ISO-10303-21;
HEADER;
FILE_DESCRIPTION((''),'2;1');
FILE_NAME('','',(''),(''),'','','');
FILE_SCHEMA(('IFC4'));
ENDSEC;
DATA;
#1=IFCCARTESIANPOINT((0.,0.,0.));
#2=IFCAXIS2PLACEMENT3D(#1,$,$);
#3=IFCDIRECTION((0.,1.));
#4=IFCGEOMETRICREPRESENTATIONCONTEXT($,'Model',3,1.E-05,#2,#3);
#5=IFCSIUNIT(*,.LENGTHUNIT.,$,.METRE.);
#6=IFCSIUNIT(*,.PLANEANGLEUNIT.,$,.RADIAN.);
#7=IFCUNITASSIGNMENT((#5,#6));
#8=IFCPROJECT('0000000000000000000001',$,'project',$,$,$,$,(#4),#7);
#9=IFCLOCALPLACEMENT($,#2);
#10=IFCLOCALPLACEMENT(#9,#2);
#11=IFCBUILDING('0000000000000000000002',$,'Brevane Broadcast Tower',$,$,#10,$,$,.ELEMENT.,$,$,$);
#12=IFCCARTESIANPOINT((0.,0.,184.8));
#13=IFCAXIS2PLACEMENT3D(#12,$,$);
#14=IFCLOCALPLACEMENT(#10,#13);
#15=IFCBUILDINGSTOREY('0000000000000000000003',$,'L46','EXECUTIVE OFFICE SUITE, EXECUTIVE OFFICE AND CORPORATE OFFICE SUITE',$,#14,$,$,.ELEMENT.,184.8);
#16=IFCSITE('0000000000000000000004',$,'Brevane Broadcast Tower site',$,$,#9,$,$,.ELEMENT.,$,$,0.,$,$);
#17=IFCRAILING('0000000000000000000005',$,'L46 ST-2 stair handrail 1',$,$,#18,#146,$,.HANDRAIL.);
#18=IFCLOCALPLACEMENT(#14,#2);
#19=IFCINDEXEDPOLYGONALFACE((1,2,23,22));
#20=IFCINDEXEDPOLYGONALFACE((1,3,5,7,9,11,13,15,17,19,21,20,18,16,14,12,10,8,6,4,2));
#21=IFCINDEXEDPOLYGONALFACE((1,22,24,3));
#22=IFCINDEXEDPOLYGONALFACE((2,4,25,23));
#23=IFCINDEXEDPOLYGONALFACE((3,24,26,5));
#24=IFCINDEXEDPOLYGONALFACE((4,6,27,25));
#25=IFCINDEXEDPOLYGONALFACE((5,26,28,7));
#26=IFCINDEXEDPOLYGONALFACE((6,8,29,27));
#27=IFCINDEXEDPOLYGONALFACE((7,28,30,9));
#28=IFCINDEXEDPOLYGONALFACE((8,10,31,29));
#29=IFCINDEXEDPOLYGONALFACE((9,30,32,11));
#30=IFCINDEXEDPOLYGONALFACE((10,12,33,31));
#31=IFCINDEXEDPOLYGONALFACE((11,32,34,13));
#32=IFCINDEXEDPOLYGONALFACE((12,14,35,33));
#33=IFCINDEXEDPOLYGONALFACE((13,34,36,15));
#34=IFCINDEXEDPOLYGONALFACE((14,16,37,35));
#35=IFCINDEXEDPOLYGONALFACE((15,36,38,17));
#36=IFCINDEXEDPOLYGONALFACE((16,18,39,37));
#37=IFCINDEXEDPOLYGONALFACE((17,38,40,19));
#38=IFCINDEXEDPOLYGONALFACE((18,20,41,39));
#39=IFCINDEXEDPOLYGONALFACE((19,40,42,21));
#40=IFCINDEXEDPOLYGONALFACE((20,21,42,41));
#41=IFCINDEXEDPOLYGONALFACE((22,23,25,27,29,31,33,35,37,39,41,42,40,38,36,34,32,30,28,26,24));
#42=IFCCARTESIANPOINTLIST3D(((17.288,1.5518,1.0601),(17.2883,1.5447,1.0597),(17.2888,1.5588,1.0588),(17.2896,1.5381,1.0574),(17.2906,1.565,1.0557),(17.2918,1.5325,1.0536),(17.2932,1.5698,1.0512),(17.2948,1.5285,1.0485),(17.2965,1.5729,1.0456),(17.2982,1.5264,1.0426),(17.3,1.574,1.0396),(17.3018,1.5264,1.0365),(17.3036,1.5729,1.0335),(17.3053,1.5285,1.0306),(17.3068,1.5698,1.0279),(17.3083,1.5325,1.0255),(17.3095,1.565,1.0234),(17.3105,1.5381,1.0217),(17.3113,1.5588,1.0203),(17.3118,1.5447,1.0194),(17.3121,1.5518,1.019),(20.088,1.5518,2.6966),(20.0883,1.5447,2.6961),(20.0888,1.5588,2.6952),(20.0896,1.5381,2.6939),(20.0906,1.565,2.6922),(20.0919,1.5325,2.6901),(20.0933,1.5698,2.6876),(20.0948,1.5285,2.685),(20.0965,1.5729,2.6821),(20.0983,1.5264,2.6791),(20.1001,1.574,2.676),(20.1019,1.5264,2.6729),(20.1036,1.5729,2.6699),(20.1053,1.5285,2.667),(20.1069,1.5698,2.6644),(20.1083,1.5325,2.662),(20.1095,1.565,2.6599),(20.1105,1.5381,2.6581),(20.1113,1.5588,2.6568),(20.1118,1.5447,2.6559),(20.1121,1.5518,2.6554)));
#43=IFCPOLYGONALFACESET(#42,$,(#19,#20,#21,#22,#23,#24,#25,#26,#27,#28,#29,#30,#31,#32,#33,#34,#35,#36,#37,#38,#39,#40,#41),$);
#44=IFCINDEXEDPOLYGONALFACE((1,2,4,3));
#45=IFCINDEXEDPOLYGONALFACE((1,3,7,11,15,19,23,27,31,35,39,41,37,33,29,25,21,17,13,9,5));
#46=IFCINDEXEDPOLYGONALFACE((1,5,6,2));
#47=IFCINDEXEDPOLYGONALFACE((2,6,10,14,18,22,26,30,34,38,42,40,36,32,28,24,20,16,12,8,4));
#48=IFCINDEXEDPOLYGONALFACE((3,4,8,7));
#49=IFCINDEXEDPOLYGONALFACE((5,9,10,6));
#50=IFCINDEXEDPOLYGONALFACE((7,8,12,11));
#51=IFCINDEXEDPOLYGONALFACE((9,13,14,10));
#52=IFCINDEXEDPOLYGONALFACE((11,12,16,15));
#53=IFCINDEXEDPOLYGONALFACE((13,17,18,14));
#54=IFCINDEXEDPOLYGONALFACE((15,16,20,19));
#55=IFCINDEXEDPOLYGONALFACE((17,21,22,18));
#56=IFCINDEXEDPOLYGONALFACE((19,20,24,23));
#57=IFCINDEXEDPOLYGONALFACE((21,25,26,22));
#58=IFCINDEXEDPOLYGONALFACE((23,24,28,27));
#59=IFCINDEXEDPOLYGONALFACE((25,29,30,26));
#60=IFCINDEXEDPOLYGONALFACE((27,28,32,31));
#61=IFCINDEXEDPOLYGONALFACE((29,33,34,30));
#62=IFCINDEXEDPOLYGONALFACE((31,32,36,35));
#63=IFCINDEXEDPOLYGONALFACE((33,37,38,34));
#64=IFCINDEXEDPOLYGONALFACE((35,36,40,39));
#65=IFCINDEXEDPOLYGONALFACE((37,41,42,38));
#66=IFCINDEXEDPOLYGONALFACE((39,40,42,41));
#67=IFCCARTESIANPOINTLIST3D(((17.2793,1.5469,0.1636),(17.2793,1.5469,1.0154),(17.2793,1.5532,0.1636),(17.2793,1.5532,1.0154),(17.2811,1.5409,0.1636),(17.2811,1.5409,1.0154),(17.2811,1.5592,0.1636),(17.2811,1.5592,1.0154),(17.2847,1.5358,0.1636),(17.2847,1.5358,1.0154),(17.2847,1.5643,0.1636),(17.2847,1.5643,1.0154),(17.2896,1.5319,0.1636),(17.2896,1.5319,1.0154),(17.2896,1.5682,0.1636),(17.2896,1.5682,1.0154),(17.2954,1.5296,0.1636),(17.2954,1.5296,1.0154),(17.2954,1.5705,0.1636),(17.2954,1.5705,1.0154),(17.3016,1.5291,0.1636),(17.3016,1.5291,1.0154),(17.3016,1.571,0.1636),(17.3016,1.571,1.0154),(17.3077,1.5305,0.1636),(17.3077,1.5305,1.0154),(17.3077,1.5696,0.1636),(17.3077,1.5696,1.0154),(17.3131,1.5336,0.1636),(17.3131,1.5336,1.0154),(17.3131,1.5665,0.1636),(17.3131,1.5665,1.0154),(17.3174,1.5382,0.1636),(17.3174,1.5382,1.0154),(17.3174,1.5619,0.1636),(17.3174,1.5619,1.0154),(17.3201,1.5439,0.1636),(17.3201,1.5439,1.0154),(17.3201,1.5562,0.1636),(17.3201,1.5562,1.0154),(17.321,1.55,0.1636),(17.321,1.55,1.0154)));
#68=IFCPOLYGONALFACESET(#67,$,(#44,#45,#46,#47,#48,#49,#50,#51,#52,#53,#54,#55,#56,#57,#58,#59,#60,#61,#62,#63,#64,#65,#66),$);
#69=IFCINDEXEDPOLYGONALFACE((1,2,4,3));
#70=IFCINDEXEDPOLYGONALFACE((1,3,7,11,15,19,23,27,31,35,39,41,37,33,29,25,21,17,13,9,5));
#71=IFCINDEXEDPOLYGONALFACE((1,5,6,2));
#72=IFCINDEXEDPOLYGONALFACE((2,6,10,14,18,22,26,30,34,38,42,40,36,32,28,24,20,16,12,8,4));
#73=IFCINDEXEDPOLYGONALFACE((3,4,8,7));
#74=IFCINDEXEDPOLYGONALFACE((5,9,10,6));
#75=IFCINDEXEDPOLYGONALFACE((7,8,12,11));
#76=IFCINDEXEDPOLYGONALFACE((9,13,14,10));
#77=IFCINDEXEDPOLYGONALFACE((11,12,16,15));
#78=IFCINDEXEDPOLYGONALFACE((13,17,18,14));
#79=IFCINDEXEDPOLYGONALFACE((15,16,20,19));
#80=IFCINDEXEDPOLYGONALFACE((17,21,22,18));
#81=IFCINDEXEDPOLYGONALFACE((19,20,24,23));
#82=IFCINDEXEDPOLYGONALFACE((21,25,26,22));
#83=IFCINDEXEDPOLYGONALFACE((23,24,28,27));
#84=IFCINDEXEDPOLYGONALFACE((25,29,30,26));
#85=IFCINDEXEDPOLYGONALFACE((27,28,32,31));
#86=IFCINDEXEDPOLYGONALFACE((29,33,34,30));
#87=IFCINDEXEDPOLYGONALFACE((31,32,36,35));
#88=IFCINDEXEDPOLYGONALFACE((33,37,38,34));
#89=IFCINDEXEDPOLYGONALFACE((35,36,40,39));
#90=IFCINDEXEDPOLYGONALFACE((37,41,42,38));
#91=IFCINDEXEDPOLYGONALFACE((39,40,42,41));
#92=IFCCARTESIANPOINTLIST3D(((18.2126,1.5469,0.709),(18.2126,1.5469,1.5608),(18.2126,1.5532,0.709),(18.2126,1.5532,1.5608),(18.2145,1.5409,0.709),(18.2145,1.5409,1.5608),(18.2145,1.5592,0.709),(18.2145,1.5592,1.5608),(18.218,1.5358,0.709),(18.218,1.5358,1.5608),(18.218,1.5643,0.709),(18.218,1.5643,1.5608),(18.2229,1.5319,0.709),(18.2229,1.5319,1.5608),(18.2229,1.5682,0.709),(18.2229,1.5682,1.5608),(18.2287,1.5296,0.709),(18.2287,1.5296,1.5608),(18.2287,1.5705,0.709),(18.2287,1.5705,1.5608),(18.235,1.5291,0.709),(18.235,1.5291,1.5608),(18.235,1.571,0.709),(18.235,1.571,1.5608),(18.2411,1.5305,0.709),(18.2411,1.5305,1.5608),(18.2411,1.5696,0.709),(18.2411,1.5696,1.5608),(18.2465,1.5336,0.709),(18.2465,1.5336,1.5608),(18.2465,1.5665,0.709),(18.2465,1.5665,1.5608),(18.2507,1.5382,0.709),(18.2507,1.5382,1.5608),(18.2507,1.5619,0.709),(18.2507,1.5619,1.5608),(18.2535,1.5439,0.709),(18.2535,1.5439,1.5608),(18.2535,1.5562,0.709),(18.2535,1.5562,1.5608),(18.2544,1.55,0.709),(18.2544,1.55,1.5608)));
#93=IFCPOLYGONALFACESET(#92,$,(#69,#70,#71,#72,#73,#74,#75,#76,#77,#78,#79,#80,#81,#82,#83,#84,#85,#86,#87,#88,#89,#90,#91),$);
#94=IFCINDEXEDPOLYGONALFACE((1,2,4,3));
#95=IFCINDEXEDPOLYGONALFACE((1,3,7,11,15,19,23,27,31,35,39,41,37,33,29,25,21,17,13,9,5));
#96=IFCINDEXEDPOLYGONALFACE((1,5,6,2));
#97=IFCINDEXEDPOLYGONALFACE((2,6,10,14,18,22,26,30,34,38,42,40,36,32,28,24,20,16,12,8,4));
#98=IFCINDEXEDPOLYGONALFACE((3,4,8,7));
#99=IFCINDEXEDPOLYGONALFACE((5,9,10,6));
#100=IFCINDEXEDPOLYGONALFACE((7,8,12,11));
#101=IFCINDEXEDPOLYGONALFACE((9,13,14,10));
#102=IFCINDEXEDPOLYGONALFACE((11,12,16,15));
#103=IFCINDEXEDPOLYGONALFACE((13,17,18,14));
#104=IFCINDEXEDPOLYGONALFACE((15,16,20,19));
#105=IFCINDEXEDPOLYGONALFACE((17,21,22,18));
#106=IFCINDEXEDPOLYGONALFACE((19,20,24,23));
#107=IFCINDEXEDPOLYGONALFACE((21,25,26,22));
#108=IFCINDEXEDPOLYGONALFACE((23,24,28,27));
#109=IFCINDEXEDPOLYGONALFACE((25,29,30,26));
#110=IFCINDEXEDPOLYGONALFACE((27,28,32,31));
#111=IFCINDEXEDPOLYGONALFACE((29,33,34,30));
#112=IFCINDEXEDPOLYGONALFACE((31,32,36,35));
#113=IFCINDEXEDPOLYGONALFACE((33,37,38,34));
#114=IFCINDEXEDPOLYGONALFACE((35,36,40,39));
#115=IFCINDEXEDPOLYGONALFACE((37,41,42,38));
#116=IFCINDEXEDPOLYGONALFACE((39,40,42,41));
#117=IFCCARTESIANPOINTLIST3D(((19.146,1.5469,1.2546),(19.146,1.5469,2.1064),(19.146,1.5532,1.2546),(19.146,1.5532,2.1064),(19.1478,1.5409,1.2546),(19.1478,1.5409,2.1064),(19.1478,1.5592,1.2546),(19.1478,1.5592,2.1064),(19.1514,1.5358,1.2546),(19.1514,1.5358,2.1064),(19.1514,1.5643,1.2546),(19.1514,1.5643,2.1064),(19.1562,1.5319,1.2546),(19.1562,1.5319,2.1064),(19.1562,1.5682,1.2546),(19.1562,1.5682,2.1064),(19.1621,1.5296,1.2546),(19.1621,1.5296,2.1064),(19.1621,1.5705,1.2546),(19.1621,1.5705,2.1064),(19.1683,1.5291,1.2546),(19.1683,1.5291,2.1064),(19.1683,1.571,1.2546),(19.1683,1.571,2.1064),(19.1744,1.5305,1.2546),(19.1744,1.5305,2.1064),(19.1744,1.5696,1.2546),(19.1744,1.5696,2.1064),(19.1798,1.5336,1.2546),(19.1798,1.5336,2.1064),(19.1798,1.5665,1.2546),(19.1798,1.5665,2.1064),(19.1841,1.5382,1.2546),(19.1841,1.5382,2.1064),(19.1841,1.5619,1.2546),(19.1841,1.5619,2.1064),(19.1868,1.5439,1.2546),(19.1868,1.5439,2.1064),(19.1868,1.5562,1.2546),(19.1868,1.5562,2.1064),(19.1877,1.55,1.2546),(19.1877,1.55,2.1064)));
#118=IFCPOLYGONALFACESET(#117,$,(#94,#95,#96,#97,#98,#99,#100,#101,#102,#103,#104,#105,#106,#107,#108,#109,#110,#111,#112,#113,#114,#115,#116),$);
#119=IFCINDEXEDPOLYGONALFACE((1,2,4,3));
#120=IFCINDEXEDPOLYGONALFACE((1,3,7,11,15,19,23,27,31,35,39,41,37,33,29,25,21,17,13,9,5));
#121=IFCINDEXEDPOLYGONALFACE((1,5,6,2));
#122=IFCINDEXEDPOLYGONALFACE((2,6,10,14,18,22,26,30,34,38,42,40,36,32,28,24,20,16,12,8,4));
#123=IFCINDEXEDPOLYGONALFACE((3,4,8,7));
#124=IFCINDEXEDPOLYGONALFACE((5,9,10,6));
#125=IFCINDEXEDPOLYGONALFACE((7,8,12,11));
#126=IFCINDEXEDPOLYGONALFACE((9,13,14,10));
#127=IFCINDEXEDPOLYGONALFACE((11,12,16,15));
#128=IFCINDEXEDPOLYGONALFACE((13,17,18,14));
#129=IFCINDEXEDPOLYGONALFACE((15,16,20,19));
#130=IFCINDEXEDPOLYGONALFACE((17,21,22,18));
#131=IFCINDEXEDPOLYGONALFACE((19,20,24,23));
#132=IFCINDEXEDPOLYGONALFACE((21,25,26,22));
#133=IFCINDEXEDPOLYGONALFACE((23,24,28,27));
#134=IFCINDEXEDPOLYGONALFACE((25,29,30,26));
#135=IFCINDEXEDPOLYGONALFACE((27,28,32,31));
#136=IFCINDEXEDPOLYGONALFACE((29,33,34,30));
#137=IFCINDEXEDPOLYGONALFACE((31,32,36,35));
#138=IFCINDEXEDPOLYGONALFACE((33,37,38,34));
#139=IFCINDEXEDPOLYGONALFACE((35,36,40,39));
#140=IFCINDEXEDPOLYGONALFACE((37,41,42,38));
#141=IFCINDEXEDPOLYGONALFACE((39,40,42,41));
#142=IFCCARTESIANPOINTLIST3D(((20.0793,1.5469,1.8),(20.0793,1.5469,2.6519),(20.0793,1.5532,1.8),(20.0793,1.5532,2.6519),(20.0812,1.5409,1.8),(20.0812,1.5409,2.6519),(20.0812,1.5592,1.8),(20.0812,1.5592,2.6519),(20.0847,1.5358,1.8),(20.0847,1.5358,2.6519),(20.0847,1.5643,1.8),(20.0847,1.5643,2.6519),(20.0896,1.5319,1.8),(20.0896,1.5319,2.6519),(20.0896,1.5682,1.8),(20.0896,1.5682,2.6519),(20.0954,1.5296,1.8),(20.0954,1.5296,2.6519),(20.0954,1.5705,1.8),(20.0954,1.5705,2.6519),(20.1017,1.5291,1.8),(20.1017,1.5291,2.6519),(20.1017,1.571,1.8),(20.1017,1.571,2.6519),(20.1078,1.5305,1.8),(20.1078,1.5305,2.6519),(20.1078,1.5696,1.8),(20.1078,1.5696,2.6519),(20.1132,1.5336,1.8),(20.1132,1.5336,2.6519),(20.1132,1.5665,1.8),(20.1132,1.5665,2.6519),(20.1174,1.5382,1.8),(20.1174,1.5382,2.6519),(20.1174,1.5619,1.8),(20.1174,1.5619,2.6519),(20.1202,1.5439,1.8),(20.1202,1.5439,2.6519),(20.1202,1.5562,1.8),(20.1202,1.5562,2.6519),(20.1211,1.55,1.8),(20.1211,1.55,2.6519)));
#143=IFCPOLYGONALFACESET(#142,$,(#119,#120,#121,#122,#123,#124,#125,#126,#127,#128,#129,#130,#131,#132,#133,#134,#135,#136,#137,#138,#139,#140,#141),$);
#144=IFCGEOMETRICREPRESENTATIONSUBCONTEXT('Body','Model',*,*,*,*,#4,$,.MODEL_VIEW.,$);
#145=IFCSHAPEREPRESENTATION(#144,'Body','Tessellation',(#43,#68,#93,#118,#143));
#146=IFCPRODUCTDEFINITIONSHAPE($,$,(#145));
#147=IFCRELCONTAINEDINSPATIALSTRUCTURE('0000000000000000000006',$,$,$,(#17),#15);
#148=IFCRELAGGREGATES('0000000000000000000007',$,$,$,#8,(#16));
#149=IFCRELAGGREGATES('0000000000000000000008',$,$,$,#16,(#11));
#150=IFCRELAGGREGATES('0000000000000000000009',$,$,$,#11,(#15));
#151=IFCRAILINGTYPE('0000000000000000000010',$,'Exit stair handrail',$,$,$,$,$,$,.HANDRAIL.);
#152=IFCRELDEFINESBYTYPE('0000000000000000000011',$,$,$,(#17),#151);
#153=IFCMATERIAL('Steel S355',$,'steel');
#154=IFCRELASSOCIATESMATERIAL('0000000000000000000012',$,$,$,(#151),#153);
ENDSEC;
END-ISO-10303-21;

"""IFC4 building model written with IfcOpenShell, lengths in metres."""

from ifc_helpers import new_model, si_unit, direction, frame, origin, origin_2d, place, context, subcontext, project, spatial, circle, extrude, material, type_object, element, save


model = new_model("IFC4")

# Units and contexts
model_context = context("Model", 3, precision=1e-05, world=origin(), true_north=direction((0.0, 1.0)))
body_context = subcontext(model_context, "Body", "Model", "MODEL_VIEW")
ifc_project = project(units=[si_unit("LENGTHUNIT", "METRE"), si_unit("PLANEANGLEUNIT", "RADIAN")], contexts=[model_context])

# Site, building, storey
site_placement = place(None, origin())
site = spatial("IfcSite", under=ifc_project, at=site_placement, Name="Brevane Broadcast Tower site", CompositionType="ELEMENT", RefElevation=0.0)
building_placement = place(site_placement, origin())
building = spatial("IfcBuilding", under=site, at=building_placement, Name="Brevane Broadcast Tower", CompositionType="ELEMENT")
storey_placement = place(building_placement, frame((0.0, 0.0, 184.8)))
storey = spatial("IfcBuildingStorey", under=building, at=storey_placement, Name="L46", Description="EXECUTIVE OFFICE SUITE, EXECUTIVE OFFICE AND CORPORATE OFFICE SUITE", CompositionType="ELEMENT", Elevation=184.8)

# Railing
ifc_material_1 = material(Name="Steel S355", Category="steel")
railing_type_1 = type_object("IfcRailingType", Name="Exit stair handrail", PredefinedType="HANDRAIL", material=ifc_material_1)
railing_1_placement = place(storey_placement, frame((17.3, 1.55, 0.1636)))
element("IfcRailing", 1, at=railing_1_placement, inside=storey, type_object=railing_type_1, Name="L46 ST-2 stair handrail 1", PredefinedType="HANDRAIL", context=body_context, shape_type="SweptSolid", body=[
    extrude(circle(Radius=0.0239, at=origin_2d()), frame((0.0, 0.0, 0.876), z_axis=(0.863361, 0.0, 0.504587), x_axis=(0.0, 1.0, 0.0)), (0.0, 0.0, 1.0), 3.2432),
    extrude(circle(Radius=0.021, at=origin_2d()), origin(), (0.0, 0.0, 1.0), 0.8518),
    extrude(circle(Radius=0.021, at=origin_2d()), frame((0.9333, 0.0, 0.5454)), (0.0, 0.0, 1.0), 0.8518),
    extrude(circle(Radius=0.021, at=origin_2d()), frame((1.8667, 0.0, 1.0911)), (0.0, 0.0, 1.0), 0.8518),
    extrude(circle(Radius=0.021, at=origin_2d()), frame((2.8, 0.0, 1.6365)), (0.0, 0.0, 1.0), 0.8518),
])

save(model, "model.ifc")
